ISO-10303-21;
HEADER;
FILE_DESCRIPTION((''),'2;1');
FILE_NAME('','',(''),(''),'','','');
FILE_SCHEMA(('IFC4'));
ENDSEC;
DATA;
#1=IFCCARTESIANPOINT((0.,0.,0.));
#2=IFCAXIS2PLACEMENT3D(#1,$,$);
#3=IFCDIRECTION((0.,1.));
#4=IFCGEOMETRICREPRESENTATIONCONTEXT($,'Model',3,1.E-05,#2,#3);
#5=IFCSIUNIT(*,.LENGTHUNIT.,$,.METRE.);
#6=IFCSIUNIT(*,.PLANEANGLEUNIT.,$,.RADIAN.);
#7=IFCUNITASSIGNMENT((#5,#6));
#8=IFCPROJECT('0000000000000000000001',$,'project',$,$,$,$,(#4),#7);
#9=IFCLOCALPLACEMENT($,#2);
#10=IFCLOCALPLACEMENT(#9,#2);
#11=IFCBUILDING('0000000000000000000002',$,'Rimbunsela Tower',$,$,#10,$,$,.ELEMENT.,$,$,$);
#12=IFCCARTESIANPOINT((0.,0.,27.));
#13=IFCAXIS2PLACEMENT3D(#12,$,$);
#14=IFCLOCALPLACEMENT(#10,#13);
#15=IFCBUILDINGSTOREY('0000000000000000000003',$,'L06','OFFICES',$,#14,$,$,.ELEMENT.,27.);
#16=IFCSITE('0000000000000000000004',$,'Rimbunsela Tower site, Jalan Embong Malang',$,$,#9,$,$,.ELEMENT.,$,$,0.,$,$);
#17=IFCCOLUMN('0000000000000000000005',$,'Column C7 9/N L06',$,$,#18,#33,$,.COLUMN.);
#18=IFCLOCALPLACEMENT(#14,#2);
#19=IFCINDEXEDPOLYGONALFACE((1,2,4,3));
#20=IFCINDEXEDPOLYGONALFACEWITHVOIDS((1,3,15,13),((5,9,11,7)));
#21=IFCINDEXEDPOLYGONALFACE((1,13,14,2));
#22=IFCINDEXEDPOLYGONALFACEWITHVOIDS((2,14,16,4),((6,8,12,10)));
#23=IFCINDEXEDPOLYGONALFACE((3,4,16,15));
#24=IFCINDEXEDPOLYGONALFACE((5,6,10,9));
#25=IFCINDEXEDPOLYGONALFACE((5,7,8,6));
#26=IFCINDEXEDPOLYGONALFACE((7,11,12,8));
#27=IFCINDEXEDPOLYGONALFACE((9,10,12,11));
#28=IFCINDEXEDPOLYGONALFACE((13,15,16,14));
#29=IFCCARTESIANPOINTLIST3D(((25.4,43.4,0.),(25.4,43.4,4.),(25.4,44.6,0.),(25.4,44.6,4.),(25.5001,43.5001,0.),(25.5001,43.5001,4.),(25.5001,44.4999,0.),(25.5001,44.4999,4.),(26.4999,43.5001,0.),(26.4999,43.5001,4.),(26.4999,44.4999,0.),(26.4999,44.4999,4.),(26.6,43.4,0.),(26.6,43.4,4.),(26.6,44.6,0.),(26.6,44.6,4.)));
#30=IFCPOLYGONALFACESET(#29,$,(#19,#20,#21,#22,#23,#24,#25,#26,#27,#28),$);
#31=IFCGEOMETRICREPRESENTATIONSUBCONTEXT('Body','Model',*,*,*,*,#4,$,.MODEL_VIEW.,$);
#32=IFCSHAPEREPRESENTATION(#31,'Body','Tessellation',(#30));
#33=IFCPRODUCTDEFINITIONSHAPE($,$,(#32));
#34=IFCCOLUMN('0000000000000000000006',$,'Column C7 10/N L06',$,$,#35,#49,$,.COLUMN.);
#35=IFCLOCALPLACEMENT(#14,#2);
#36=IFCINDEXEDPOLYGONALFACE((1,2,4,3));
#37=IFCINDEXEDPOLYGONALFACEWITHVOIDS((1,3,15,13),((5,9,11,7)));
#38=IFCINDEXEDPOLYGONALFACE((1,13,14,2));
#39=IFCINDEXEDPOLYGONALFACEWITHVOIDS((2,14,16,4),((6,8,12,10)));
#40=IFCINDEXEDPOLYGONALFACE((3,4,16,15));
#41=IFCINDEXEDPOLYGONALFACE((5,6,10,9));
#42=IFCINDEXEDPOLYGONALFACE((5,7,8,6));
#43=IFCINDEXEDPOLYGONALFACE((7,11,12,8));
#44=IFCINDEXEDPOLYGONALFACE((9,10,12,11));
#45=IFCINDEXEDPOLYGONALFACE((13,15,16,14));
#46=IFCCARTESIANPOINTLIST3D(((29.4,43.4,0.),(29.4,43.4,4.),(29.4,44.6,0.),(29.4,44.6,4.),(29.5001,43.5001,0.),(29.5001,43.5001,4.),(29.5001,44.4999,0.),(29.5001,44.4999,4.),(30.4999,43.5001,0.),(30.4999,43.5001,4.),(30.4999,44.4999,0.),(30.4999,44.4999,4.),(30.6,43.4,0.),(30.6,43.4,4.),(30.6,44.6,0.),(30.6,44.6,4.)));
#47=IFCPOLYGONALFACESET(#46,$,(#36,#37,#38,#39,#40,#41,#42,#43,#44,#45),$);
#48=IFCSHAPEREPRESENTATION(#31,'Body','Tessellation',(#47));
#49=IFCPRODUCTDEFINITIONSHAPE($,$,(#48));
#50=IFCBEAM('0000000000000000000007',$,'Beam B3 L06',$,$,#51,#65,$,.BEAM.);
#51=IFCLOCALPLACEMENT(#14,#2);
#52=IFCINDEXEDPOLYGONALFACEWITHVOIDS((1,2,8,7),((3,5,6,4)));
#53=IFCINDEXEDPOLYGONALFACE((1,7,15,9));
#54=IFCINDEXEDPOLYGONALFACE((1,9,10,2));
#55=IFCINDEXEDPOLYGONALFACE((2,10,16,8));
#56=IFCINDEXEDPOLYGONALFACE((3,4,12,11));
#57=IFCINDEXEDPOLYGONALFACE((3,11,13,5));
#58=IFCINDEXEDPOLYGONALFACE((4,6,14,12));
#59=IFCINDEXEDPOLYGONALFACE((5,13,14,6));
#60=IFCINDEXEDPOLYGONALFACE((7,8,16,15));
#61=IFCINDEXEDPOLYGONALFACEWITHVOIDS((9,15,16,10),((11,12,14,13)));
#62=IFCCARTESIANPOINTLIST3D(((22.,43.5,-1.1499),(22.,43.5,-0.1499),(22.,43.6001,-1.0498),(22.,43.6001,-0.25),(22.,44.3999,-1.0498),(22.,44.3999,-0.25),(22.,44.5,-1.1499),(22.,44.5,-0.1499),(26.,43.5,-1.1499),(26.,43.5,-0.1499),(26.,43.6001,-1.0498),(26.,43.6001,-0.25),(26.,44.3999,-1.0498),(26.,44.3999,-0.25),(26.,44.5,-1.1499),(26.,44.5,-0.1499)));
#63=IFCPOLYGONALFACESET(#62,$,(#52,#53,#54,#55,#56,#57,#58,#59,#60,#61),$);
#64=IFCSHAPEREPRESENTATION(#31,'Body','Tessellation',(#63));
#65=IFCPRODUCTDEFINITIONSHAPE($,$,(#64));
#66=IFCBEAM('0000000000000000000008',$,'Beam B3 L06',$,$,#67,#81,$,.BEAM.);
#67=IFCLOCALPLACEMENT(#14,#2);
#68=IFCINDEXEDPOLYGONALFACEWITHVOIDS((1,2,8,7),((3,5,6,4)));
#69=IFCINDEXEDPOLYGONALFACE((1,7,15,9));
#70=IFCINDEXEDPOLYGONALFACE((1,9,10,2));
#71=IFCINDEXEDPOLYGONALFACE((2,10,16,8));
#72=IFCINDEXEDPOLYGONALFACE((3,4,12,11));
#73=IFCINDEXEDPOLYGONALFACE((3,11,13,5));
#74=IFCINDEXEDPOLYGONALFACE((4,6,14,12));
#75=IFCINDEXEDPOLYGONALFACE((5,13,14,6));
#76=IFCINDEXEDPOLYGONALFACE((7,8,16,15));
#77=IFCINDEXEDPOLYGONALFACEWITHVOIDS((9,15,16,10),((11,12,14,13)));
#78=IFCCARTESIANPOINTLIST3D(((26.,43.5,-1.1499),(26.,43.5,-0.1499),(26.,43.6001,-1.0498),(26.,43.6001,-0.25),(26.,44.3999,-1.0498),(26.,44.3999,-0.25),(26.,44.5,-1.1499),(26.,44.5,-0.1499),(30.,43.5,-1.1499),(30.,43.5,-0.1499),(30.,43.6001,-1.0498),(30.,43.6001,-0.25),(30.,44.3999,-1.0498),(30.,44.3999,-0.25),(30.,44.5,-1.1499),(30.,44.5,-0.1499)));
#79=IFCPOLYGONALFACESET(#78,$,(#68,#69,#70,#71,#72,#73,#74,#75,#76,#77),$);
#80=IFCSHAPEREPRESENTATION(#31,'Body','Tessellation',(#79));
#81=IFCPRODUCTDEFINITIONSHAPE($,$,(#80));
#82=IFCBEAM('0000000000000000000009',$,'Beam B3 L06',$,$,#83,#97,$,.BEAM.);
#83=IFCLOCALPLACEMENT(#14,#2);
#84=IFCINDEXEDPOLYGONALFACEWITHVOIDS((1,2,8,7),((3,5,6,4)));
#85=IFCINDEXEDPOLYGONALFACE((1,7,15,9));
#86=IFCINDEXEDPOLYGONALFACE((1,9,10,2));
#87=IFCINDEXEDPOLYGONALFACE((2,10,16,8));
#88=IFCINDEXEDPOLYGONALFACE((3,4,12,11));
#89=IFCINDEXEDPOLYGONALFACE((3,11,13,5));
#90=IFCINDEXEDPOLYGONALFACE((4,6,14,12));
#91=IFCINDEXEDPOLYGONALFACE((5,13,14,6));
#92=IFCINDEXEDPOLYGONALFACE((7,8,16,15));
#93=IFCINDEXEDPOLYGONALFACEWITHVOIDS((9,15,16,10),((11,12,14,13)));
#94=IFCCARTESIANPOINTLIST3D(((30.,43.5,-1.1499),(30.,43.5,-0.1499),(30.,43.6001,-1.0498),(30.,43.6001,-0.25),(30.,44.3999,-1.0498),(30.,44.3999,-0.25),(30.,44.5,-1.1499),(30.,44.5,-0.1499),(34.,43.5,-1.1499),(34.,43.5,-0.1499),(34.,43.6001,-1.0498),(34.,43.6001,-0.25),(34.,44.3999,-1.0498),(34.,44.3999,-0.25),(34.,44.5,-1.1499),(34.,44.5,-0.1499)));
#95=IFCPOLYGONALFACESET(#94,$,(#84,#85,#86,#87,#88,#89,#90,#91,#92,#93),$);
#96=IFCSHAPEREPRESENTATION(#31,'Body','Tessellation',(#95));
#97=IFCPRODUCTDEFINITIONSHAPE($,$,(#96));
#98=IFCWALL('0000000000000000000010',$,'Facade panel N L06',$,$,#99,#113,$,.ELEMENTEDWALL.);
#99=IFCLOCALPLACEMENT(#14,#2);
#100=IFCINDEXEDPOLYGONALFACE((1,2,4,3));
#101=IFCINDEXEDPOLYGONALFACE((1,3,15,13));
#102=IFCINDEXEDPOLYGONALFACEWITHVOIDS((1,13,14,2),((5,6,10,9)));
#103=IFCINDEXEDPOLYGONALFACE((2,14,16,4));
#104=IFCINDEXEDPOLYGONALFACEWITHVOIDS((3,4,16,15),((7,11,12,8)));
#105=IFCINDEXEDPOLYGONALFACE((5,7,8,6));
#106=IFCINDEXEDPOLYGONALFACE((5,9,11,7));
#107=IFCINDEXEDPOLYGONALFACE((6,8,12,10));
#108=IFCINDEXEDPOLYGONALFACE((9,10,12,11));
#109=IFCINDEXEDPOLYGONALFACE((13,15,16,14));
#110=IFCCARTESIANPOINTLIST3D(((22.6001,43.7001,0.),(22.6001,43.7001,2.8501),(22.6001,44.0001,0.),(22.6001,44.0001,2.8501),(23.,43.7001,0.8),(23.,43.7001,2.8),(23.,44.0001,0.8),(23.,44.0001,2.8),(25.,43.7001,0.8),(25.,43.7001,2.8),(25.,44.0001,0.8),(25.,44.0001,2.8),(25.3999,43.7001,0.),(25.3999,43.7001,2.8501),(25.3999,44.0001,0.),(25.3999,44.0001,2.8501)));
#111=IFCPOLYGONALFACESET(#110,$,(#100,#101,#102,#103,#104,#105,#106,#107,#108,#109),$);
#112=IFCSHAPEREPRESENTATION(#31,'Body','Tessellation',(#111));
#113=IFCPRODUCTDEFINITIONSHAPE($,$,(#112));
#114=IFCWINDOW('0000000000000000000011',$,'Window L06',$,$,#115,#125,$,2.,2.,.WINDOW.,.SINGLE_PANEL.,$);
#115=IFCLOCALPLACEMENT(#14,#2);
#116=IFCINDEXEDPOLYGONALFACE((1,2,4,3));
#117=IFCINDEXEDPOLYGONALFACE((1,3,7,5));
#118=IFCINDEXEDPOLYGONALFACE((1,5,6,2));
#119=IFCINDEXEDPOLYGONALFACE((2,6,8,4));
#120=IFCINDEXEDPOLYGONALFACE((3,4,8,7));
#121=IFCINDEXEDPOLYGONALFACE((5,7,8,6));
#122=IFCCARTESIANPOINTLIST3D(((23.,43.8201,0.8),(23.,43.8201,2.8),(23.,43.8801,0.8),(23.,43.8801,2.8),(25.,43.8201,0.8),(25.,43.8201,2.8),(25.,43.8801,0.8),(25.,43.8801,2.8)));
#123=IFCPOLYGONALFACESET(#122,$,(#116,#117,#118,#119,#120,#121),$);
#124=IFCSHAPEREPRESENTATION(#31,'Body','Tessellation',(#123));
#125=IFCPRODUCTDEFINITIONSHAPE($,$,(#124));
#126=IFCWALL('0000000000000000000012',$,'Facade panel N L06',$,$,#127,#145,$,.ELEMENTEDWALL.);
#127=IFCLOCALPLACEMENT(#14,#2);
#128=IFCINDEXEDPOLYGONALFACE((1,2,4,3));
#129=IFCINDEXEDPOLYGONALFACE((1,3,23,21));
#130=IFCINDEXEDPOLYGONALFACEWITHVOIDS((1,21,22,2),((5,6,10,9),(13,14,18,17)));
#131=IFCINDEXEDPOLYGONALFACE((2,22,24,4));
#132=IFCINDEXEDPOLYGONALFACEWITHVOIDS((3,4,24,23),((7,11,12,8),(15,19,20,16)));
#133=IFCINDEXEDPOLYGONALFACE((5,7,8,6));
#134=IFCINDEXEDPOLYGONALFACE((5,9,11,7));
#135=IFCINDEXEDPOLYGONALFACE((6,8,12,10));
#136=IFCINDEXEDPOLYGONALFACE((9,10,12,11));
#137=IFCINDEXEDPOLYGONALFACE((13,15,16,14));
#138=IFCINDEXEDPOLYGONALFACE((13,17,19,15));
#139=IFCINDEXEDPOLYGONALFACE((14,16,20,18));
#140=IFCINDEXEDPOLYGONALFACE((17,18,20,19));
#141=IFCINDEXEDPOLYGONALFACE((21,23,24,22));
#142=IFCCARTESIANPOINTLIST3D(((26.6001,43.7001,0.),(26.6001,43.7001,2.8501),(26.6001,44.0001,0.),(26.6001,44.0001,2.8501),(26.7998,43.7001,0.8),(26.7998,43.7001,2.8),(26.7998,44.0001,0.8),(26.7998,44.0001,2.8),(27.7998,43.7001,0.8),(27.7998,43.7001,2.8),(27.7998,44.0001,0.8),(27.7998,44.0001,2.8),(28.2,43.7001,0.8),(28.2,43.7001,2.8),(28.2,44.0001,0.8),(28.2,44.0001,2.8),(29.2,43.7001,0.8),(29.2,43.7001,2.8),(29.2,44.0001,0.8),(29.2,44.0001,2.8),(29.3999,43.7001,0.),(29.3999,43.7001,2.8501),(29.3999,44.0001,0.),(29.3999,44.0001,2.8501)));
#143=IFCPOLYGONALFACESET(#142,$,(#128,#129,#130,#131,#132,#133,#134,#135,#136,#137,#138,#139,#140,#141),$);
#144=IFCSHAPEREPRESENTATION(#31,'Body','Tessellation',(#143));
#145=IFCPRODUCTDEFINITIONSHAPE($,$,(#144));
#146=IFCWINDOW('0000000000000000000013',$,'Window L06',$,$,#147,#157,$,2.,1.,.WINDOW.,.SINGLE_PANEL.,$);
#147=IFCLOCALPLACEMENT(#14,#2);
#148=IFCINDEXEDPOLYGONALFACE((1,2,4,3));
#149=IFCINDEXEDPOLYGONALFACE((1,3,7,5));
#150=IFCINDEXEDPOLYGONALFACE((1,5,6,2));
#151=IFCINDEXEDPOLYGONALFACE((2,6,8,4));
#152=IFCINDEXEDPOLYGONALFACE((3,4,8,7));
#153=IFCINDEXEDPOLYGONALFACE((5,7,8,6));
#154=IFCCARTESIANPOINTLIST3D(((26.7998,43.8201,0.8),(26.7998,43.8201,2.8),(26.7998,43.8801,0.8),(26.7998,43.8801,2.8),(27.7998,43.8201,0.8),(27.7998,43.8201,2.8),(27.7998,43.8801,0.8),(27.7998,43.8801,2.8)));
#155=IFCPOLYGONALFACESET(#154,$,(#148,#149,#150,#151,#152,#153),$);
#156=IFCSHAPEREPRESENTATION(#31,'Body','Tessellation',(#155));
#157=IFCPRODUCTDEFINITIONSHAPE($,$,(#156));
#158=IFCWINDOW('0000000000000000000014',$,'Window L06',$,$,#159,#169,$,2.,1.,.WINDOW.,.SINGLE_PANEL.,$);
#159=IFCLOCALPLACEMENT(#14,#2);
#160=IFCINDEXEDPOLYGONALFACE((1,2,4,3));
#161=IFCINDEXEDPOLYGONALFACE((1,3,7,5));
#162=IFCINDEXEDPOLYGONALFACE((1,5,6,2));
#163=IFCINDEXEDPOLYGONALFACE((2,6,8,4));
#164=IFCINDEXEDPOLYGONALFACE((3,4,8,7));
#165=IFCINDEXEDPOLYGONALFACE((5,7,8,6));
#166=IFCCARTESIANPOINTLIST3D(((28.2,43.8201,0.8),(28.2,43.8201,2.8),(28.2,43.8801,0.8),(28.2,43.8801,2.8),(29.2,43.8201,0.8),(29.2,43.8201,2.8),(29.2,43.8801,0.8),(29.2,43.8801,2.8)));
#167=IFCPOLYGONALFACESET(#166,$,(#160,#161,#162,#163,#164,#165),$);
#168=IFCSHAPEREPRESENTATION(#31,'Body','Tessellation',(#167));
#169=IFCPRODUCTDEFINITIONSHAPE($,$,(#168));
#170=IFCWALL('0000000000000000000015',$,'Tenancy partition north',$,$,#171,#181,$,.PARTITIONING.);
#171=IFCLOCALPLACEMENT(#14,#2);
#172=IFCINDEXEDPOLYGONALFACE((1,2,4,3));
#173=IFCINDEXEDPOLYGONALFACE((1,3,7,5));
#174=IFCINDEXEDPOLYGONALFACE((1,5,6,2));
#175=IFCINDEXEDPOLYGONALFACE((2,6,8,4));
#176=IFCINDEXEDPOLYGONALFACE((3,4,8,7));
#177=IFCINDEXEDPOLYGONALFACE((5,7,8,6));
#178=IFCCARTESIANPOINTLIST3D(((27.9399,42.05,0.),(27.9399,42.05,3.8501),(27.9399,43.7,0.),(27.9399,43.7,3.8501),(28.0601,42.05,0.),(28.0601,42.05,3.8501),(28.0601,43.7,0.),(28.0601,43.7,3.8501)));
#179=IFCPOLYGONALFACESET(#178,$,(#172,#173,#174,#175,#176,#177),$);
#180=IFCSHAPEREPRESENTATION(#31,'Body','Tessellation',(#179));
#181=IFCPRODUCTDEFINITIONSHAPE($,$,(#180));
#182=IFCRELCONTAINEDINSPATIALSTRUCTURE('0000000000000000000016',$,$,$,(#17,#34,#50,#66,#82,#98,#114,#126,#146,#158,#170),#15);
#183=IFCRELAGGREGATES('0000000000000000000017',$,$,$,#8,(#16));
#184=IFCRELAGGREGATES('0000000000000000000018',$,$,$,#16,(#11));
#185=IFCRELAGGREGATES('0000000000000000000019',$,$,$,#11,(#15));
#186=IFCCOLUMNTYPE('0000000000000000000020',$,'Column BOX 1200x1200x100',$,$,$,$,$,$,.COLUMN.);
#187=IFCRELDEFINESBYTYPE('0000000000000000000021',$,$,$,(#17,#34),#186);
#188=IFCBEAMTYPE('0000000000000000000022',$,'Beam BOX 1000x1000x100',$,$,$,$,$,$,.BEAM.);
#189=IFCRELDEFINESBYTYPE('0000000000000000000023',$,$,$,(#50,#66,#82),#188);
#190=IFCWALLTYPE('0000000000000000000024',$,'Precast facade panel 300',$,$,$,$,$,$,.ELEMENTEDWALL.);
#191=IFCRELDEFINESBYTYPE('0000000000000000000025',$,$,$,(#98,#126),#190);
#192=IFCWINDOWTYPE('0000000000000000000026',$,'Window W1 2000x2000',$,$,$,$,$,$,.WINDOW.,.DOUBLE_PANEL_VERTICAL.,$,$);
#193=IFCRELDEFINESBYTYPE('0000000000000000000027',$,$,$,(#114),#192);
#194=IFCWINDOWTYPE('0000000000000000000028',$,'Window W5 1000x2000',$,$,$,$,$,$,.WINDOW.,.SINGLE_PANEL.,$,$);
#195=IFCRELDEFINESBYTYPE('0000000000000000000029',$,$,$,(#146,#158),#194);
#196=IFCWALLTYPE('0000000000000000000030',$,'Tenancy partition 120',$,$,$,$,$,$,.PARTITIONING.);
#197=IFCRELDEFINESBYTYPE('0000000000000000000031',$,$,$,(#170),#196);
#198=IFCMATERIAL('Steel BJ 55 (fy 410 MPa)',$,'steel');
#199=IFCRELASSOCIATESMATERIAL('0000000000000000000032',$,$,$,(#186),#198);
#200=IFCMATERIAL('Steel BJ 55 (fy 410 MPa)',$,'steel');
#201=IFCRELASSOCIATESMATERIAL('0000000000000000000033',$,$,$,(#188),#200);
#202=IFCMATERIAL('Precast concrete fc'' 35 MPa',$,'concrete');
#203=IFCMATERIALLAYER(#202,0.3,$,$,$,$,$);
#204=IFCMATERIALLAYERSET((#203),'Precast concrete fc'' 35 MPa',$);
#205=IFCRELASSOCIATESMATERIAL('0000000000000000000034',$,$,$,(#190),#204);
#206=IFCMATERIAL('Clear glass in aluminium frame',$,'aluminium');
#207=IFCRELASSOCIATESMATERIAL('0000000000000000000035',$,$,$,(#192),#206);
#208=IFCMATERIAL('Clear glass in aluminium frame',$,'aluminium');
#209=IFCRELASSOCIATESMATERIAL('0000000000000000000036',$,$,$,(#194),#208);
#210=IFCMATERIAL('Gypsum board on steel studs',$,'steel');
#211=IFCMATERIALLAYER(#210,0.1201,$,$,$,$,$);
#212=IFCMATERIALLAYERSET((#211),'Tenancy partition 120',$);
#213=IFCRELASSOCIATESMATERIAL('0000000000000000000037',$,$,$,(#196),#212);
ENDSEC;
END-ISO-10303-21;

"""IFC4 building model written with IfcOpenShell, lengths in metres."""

from ifc_helpers import new_model, si_unit, direction, frame, frame_2d, origin, origin_2d, place, context, subcontext, project, spatial, rectangle, hollow_rectangle, extrude, material, layer, layer_set, material_profile, profile_set, type_object, element, fill, save


model = new_model("IFC4")

# Units and contexts
model_context = context("Model", 3, precision=1e-05, world=origin(), true_north=direction((0.0, 1.0)))
body_context = subcontext(model_context, "Body", "Model", "MODEL_VIEW")
ifc_project = project(units=[si_unit("LENGTHUNIT", "METRE"), si_unit("PLANEANGLEUNIT", "RADIAN")], contexts=[model_context])

# Site, building, storey
site_placement = place(None, origin())
site = spatial("IfcSite", under=ifc_project, at=site_placement, Name="Rimbunsela Tower site, Jalan Embong Malang", CompositionType="ELEMENT", RefElevation=0.0)
building_placement = place(site_placement, origin())
building = spatial("IfcBuilding", under=site, at=building_placement, Name="Rimbunsela Tower", CompositionType="ELEMENT")
storey_placement = place(building_placement, frame((0.0, 0.0, 27.0)))
storey = spatial("IfcBuildingStorey", under=building, at=storey_placement, Name="L06", Description="OFFICES", CompositionType="ELEMENT", Elevation=27.0)

# Columns
ifc_material_1 = material(Name="Steel BJ 55 (fy 410 MPa)", Category="steel")
ifc_material_profile_1 = material_profile(ifc_material_1, hollow_rectangle(XDim=1.2, YDim=1.2, WallThickness=0.1001, at=origin_2d()), Name="BOX 1200x1200x100")
ifc_profile_set_1 = profile_set([ifc_material_profile_1], Name="Steel BJ 55 (fy 410 MPa)")
column_type = type_object("IfcColumnType", Name="Column BOX 1200x1200x100", PredefinedType="COLUMN", material=ifc_profile_set_1)
for number, where, z_axis, x_axis, name in (
    (1, (26.0, 44.0, 0.0), (0.0, 0.0, 1.0), (1.0, 0.0, 0.0), "Column C7 9/N L06"),
    (2, (30.0, 44.0, 0.0), (0.0, 0.0, 1.0), (1.0, 0.0, 0.0), "Column C7 10/N L06"),
):
    element("IfcColumn", number, at=place(storey_placement, frame(where, z_axis=z_axis, x_axis=x_axis)), inside=storey, type_object=column_type, Name=name, PredefinedType="COLUMN", context=body_context, shape_type="SweptSolid", body=[
        extrude(hollow_rectangle(XDim=1.2, YDim=1.2, WallThickness=0.1001, at=origin_2d()), origin(), (0.0, 0.0, 1.0), 4.0),
    ])

# Beams
ifc_material_2 = material(Name="Steel BJ 55 (fy 410 MPa)", Category="steel")
ifc_material_profile_2 = material_profile(ifc_material_2, hollow_rectangle(XDim=1.0, YDim=1.0, WallThickness=0.1001, at=origin_2d()), Name="BOX 1000x1000x100")
ifc_profile_set_2 = profile_set([ifc_material_profile_2], Name="Steel BJ 55 (fy 410 MPa)")
beam_type = type_object("IfcBeamType", Name="Beam BOX 1000x1000x100", PredefinedType="BEAM", material=ifc_profile_set_2)
for number, where, z_axis, x_axis, name in (
    (3, (22.0, 44.0, -0.6499), (1.0, 0.0, 0.0), (0.0, 1.0, 0.0), "Beam B3 L06"),
    (4, (26.0, 44.0, -0.6499), (1.0, 0.0, 0.0), (0.0, 1.0, 0.0), "Beam B3 L06"),
    (5, (30.0, 44.0, -0.6499), (1.0, 0.0, 0.0), (0.0, 1.0, 0.0), "Beam B3 L06"),
):
    element("IfcBeam", number, at=place(storey_placement, frame(where, z_axis=z_axis, x_axis=x_axis)), inside=storey, type_object=beam_type, Name=name, PredefinedType="BEAM", context=body_context, shape_type="SweptSolid", body=[
        extrude(hollow_rectangle(XDim=1.0, YDim=1.0, WallThickness=0.1001, at=origin_2d()), origin(), (0.0, 0.0, 1.0), 4.0),
    ])

# Wall, opening, window
ifc_material_3 = material(Name="Precast concrete fc' 35 MPa", Category="concrete")
ifc_layer_1 = layer(ifc_material_3, 0.3)
ifc_layer_set_1 = layer_set([ifc_layer_1], Name="Precast concrete fc' 35 MPa")
wall_type_1 = type_object("IfcWallType", Name="Precast facade panel 300", PredefinedType="ELEMENTEDWALL", material=ifc_layer_set_1)
wall_1_placement = place(storey_placement, frame((25.3999, 43.8501, 0.0), z_axis=(0.0, 0.0, 1.0), x_axis=(-1.0, 0.0, 0.0)))
wall_1 = element("IfcWall", 6, at=wall_1_placement, inside=storey, type_object=wall_type_1, Name="Facade panel N L06", PredefinedType="ELEMENTEDWALL", context=body_context, shape_type="SweptSolid", body=[
    extrude(rectangle(XDim=2.7998, YDim=0.3, at=frame_2d((1.3999, 0.0))), origin(), (0.0, 0.0, 1.0), 2.8501),
])
opening_1_placement = place(wall_1_placement, frame((0.3999, 0.0, 0.8)))
opening_1 = element("IfcOpeningElement", 7, at=opening_1_placement, cuts=wall_1, PredefinedType="OPENING", context=body_context, shape_type="SweptSolid", body=[
    extrude(rectangle(XDim=2.0, YDim=2.0, at=frame_2d((1.0, 1.0))), frame((0.0, 0.1599, 0.0), z_axis=(0.0, -1.0, 0.0), x_axis=(1.0, 0.0, 0.0)), (0.0, 0.0, 1.0), 0.3201),
])
ifc_material_4 = material(Name="Clear glass in aluminium frame", Category="aluminium")
window_type_1 = type_object("IfcWindowType", Name="Window W1 2000x2000", PartitioningType="DOUBLE_PANEL_VERTICAL", PredefinedType="WINDOW", material=ifc_material_4)
window_1_placement = place(opening_1_placement, origin())
window_1 = element("IfcWindow", 8, at=window_1_placement, inside=storey, type_object=window_type_1, Name="Window L06", OverallHeight=2.0, OverallWidth=2.0, PartitioningType="SINGLE_PANEL", PredefinedType="WINDOW", context=body_context, shape_type="SweptSolid", body=[
    extrude(rectangle(XDim=2.0, YDim=2.0, at=frame_2d((1.0, 1.0))), frame((0.0, 0.03, 0.0), z_axis=(0.0, -1.0, 0.0), x_axis=(1.0, 0.0, 0.0)), (0.0, 0.0, 1.0), 0.0601),
])
fill(opening_1, window_1)

# Wall, openings, windows
wall_2_placement = place(storey_placement, frame((29.3999, 43.8501, 0.0), z_axis=(0.0, 0.0, 1.0), x_axis=(-1.0, 0.0, 0.0)))
wall_2 = element("IfcWall", 9, at=wall_2_placement, inside=storey, type_object=wall_type_1, Name="Facade panel N L06", PredefinedType="ELEMENTEDWALL", context=body_context, shape_type="SweptSolid", body=[
    extrude(rectangle(XDim=2.7998, YDim=0.3, at=frame_2d((1.3999, 0.0))), origin(), (0.0, 0.0, 1.0), 2.8501),
])
opening_2_placement = place(wall_2_placement, frame((1.6001, 0.0, 0.8)))
opening_2 = element("IfcOpeningElement", 10, at=opening_2_placement, cuts=wall_2, PredefinedType="OPENING", context=body_context, shape_type="SweptSolid", body=[
    extrude(rectangle(XDim=1.0, YDim=2.0, at=frame_2d((0.5, 1.0))), frame((0.0, 0.1599, 0.0), z_axis=(0.0, -1.0, 0.0), x_axis=(1.0, 0.0, 0.0)), (0.0, 0.0, 1.0), 0.3201),
])
opening_3_placement = place(wall_2_placement, frame((0.2, 0.0, 0.8)))
opening_3 = element("IfcOpeningElement", 11, at=opening_3_placement, cuts=wall_2, PredefinedType="OPENING", context=body_context, shape_type="SweptSolid", body=[
    extrude(rectangle(XDim=1.0, YDim=2.0, at=frame_2d((0.5, 1.0))), frame((0.0, 0.1599, 0.0), z_axis=(0.0, -1.0, 0.0), x_axis=(1.0, 0.0, 0.0)), (0.0, 0.0, 1.0), 0.3201),
])
ifc_material_5 = material(Name="Clear glass in aluminium frame", Category="aluminium")
window_type_2 = type_object("IfcWindowType", Name="Window W5 1000x2000", PartitioningType="SINGLE_PANEL", PredefinedType="WINDOW", material=ifc_material_5)
window_2_placement = place(opening_2_placement, origin())
window_2 = element("IfcWindow", 12, at=window_2_placement, inside=storey, type_object=window_type_2, Name="Window L06", OverallHeight=2.0, OverallWidth=1.0, PartitioningType="SINGLE_PANEL", PredefinedType="WINDOW", context=body_context, shape_type="SweptSolid", body=[
    extrude(rectangle(XDim=1.0, YDim=2.0, at=frame_2d((0.5, 1.0))), frame((0.0, 0.03, 0.0), z_axis=(0.0, -1.0, 0.0), x_axis=(1.0, 0.0, 0.0)), (0.0, 0.0, 1.0), 0.0601),
])
fill(opening_2, window_2)
window_3_placement = place(opening_3_placement, origin())
window_3 = element("IfcWindow", 13, at=window_3_placement, inside=storey, type_object=window_type_2, Name="Window L06", OverallHeight=2.0, OverallWidth=1.0, PartitioningType="SINGLE_PANEL", PredefinedType="WINDOW", context=body_context, shape_type="SweptSolid", body=[
    extrude(rectangle(XDim=1.0, YDim=2.0, at=frame_2d((0.5, 1.0))), frame((0.0, 0.03, 0.0), z_axis=(0.0, -1.0, 0.0), x_axis=(1.0, 0.0, 0.0)), (0.0, 0.0, 1.0), 0.0601),
])
fill(opening_3, window_3)

# Wall
ifc_material_6 = material(Name="Gypsum board on steel studs", Category="steel")
ifc_layer_2 = layer(ifc_material_6, 0.1201)
ifc_layer_set_2 = layer_set([ifc_layer_2], Name="Tenancy partition 120")
wall_type_2 = type_object("IfcWallType", Name="Tenancy partition 120", PredefinedType="PARTITIONING", material=ifc_layer_set_2)
wall_3_placement = place(storey_placement, frame((28.0, 42.05, 0.0), z_axis=(0.0, 0.0, 1.0), x_axis=(0.0, 1.0, 0.0)))
element("IfcWall", 14, at=wall_3_placement, inside=storey, type_object=wall_type_2, Name="Tenancy partition north", PredefinedType="PARTITIONING", context=body_context, shape_type="SweptSolid", body=[
    extrude(rectangle(XDim=1.6499, YDim=0.1201, at=frame_2d((0.825, 0.0))), origin(), (0.0, 0.0, 1.0), 3.8501),
])

save(model, "model.ifc")
